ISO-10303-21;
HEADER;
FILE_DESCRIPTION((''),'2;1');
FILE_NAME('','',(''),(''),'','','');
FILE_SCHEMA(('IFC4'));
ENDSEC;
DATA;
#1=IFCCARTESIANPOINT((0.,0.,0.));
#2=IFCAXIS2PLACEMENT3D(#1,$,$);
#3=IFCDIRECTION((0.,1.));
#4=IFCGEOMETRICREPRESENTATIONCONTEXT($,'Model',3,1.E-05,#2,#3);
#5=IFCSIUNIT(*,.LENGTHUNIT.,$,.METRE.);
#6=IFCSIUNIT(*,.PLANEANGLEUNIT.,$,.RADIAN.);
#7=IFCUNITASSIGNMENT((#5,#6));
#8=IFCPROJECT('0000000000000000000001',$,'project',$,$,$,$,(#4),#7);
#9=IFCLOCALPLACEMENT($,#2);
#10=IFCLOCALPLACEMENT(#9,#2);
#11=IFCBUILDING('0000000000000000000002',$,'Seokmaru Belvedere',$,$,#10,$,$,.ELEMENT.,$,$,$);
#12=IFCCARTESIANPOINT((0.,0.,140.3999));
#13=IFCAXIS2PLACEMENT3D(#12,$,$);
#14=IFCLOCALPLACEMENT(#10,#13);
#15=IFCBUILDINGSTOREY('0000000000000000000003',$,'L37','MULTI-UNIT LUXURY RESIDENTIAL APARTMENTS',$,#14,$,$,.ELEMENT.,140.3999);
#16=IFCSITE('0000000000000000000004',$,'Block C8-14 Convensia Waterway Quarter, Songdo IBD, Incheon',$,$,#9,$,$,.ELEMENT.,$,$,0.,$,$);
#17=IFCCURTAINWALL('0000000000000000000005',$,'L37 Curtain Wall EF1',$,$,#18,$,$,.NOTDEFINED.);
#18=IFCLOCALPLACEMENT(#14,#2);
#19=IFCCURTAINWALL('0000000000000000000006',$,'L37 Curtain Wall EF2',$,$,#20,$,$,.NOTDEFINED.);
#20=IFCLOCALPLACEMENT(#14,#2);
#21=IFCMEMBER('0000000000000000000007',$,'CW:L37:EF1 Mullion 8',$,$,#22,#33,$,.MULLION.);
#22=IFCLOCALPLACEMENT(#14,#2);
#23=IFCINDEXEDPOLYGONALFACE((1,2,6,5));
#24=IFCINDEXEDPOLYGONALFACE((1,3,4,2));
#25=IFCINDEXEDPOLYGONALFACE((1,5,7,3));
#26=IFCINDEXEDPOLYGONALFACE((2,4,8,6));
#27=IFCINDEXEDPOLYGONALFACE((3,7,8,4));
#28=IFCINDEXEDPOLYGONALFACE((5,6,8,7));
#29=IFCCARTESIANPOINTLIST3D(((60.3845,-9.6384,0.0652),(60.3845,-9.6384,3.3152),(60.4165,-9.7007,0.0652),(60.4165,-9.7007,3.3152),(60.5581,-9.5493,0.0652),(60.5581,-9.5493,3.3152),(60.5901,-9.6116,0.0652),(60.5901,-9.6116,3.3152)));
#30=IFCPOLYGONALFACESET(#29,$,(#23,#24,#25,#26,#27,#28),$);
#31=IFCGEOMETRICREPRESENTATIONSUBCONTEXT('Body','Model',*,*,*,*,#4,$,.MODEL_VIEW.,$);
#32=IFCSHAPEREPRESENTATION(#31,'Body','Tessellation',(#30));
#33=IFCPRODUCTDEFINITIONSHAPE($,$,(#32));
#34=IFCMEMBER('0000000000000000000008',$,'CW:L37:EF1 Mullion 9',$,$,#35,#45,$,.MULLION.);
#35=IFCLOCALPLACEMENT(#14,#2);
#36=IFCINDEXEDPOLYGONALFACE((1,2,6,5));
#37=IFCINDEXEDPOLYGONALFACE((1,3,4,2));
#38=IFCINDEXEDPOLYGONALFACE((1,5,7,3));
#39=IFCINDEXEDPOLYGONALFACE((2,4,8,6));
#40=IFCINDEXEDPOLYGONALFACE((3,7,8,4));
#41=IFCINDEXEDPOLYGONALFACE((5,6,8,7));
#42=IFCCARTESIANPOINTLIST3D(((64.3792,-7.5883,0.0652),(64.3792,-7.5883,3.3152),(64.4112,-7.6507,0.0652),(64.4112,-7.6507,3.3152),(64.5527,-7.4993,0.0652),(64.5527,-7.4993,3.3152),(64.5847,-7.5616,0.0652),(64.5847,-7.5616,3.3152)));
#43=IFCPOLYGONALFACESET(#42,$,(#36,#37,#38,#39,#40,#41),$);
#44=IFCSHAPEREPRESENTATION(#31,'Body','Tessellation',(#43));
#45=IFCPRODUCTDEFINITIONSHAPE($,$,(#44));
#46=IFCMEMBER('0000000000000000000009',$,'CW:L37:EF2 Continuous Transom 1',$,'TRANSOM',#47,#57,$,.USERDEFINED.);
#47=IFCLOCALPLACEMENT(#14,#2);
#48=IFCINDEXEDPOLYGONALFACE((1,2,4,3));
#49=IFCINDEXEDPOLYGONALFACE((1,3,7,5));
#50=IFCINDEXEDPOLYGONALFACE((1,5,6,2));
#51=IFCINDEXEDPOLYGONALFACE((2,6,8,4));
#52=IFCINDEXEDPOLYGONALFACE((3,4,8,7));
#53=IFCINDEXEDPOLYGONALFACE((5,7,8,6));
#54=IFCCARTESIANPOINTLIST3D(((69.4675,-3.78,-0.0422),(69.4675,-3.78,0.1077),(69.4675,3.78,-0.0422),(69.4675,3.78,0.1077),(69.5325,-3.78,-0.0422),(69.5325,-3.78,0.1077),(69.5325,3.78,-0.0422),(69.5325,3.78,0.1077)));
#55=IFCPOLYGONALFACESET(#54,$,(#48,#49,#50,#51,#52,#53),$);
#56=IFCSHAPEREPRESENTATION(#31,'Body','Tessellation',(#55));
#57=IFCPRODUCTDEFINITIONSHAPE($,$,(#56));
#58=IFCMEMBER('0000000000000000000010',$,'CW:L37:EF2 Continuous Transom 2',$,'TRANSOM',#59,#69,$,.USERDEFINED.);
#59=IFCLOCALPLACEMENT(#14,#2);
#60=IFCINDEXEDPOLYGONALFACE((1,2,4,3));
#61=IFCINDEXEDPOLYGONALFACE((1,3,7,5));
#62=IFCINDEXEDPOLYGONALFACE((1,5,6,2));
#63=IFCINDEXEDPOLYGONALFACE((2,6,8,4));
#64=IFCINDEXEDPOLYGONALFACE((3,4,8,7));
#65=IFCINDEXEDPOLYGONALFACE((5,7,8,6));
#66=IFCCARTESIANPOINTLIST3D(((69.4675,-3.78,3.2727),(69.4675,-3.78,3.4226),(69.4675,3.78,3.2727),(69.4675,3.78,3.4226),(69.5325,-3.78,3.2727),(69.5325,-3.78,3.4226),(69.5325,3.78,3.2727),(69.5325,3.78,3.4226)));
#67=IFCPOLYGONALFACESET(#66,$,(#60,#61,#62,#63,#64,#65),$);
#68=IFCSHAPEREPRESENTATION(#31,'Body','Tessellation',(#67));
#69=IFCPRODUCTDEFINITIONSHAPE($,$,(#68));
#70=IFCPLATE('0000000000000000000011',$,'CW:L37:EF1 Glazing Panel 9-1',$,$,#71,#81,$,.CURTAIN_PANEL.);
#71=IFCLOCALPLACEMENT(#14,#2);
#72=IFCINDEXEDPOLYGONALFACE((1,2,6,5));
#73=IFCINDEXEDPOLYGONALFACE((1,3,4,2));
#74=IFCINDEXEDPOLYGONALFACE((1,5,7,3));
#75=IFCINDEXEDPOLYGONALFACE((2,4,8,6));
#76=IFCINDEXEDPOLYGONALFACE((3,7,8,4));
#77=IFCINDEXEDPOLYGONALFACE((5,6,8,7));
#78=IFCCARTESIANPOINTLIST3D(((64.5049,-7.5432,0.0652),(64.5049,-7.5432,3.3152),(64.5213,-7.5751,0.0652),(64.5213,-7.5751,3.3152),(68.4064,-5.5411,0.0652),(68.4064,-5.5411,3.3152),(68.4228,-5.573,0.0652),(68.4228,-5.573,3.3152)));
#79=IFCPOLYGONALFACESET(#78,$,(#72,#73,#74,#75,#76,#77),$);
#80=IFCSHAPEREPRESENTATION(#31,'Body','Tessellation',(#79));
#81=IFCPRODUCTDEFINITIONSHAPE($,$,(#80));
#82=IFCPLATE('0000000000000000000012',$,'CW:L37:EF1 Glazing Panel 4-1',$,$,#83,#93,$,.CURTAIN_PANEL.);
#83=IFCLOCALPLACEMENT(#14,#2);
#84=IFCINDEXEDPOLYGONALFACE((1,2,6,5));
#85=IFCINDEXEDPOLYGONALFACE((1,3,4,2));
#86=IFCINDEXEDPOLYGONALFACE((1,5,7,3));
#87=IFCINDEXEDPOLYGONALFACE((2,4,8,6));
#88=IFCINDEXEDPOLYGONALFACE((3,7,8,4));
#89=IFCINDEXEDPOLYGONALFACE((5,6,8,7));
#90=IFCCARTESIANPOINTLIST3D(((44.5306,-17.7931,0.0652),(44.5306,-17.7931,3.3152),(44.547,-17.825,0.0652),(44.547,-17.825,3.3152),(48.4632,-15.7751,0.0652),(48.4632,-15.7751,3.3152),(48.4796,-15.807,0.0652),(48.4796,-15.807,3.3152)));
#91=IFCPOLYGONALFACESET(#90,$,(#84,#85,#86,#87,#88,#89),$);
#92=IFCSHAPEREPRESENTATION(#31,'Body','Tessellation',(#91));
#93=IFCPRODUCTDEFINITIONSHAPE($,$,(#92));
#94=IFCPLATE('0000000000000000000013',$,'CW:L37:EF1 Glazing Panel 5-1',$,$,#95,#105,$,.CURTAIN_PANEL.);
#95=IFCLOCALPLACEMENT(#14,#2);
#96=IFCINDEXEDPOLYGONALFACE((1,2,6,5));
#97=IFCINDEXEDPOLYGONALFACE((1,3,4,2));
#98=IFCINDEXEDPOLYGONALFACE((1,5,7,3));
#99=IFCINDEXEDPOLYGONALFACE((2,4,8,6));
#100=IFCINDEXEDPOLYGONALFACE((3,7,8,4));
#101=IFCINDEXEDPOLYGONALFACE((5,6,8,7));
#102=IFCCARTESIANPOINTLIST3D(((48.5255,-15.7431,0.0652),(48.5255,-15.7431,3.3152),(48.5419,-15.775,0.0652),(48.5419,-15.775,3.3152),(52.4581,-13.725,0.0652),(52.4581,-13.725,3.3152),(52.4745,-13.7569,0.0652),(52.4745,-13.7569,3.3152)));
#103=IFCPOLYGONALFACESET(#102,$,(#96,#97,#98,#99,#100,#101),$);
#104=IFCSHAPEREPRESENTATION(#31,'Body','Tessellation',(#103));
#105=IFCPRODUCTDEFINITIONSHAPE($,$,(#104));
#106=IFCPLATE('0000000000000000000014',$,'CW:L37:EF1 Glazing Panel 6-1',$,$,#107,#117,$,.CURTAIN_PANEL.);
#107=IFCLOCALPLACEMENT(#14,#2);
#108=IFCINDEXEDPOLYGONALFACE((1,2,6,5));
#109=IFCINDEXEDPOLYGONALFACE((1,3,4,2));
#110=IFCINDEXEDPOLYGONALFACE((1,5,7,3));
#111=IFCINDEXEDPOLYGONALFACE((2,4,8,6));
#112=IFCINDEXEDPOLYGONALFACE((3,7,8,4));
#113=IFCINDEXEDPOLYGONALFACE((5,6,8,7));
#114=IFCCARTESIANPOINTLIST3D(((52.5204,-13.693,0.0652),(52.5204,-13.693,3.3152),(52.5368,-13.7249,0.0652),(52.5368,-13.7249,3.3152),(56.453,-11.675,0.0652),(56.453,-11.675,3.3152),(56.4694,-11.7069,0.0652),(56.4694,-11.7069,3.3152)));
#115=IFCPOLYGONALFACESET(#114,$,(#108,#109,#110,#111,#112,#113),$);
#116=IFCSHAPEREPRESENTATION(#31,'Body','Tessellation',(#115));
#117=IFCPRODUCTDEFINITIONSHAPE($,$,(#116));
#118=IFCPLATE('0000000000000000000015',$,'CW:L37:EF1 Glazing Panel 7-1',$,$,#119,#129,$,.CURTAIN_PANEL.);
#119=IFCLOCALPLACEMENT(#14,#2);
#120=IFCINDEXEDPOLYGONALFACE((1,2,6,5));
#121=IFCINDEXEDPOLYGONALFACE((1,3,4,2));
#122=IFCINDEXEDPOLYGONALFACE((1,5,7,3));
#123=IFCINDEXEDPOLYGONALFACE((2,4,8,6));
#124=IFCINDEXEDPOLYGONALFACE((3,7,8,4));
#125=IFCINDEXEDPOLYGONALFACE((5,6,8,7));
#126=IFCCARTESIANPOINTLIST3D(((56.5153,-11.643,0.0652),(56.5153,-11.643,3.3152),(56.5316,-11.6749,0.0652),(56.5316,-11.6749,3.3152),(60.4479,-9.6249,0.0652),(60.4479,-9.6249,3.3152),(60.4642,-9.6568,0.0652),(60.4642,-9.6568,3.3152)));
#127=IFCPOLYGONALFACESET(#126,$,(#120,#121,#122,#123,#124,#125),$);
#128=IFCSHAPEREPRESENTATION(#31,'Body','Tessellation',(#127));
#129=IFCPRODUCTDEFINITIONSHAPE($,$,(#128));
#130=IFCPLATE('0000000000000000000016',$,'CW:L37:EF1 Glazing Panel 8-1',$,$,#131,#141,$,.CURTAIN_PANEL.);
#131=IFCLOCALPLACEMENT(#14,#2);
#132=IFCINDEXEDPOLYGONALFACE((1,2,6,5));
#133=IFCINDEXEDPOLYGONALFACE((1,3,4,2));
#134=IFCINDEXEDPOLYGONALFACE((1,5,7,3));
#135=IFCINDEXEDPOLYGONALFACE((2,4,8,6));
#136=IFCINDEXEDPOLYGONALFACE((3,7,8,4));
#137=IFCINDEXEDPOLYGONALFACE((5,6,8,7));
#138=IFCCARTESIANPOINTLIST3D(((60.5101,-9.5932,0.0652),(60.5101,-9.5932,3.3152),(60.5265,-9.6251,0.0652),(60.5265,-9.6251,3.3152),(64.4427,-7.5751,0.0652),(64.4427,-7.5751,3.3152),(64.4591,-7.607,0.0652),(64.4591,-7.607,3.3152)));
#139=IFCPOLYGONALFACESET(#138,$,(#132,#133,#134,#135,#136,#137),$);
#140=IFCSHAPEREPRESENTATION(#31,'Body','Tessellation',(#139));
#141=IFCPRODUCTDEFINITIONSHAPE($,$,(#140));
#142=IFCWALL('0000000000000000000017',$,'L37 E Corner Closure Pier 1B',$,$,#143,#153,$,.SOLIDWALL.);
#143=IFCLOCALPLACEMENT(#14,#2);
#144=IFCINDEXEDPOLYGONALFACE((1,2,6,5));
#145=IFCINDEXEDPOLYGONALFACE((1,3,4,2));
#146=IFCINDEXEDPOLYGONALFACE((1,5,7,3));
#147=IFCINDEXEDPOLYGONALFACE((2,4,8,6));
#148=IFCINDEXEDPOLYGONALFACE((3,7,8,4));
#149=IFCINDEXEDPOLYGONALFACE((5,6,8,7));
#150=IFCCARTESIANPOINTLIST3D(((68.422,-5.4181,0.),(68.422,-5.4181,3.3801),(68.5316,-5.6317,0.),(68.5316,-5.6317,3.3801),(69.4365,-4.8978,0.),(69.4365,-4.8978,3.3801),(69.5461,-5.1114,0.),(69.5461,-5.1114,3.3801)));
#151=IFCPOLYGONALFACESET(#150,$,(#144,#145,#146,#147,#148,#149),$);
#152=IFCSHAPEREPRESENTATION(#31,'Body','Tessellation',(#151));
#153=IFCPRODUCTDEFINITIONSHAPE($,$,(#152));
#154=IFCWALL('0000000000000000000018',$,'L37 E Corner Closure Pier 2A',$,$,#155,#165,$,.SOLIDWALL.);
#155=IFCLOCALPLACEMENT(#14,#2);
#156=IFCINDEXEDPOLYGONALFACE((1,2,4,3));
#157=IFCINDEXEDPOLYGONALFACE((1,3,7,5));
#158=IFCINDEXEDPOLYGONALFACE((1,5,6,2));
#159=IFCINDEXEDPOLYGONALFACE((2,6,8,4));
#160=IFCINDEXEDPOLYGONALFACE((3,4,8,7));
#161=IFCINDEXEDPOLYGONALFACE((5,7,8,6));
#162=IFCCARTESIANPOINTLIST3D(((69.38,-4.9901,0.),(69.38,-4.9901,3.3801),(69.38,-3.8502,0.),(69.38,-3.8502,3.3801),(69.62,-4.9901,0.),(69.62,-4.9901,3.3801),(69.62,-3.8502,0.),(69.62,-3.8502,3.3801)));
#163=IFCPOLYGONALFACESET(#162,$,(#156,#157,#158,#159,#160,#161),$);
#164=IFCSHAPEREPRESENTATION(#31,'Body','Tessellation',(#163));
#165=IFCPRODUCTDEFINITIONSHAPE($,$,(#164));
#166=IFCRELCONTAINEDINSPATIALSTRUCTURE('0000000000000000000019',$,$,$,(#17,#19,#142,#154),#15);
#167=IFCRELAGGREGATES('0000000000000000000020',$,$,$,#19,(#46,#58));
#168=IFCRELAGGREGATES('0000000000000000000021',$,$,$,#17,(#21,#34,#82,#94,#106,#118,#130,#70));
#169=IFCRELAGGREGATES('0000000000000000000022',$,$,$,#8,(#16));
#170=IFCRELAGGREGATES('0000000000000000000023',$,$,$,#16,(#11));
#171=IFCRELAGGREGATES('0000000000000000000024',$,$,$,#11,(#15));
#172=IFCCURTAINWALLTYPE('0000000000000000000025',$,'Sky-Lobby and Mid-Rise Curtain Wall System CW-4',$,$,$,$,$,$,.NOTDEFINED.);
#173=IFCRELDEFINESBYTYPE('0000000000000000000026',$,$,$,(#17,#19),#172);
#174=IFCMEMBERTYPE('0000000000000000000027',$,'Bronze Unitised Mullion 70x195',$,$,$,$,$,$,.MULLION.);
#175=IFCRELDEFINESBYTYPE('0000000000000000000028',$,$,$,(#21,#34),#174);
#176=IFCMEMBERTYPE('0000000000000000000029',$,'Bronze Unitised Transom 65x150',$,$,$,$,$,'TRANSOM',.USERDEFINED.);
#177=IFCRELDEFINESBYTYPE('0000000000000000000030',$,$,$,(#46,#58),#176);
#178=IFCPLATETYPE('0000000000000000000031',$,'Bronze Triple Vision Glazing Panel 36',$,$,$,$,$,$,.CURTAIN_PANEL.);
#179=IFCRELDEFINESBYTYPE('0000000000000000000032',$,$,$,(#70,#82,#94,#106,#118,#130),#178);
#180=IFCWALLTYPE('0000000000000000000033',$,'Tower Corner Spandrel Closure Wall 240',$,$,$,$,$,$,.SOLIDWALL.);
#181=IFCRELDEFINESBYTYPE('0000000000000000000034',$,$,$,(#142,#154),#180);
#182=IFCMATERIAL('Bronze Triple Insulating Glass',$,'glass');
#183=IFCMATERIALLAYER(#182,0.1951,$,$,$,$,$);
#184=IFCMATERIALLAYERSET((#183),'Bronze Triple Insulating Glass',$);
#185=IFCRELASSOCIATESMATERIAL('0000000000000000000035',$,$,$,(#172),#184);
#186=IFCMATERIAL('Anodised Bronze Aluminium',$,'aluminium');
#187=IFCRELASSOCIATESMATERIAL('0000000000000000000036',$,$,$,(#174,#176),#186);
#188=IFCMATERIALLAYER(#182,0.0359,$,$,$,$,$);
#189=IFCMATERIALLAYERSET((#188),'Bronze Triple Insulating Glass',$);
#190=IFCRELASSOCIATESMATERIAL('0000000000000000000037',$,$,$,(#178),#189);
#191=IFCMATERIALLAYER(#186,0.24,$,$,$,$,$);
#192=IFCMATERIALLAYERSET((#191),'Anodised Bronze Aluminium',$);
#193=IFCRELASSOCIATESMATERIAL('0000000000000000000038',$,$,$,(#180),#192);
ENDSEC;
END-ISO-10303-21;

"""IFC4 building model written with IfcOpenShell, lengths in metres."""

from ifc_helpers import new_model, si_unit, direction, frame, frame_2d, origin, origin_2d, place, context, subcontext, project, spatial, rectangle, extrude, source, transform, mapped, material, layer, layer_set, material_profile, profile_set, type_object, type_shapes, element, aggregate, save


model = new_model("IFC4")

# Units and contexts
model_context = context("Model", 3, precision=1e-05, world=origin(), true_north=direction((0.0, 1.0)))
body_context = subcontext(model_context, "Body", "Model", "MODEL_VIEW")
ifc_project = project(units=[si_unit("LENGTHUNIT", "METRE"), si_unit("PLANEANGLEUNIT", "RADIAN")], contexts=[model_context])

# Site, building, storey
site_placement = place(None, origin())
site = spatial("IfcSite", under=ifc_project, at=site_placement, Name="Block C8-14 Convensia Waterway Quarter, Songdo IBD, Incheon", CompositionType="ELEMENT", RefElevation=0.0)
building_placement = place(site_placement, origin())
building = spatial("IfcBuilding", under=site, at=building_placement, Name="Seokmaru Belvedere", CompositionType="ELEMENT")
storey_placement = place(building_placement, frame((0.0, 0.0, 140.3999)))
storey = spatial("IfcBuildingStorey", under=building, at=storey_placement, Name="L37", Description="MULTI-UNIT LUXURY RESIDENTIAL APARTMENTS", CompositionType="ELEMENT", Elevation=140.3999)

# Curtain walls
ifc_material_1 = material(Name="Bronze Triple Insulating Glass", Category="glass")
ifc_layer_1 = layer(ifc_material_1, 0.1951)
ifc_layer_set_1 = layer_set([ifc_layer_1], Name="Bronze Triple Insulating Glass")
curtain_wall_type = type_object("IfcCurtainWallType", Name="Sky-Lobby and Mid-Rise Curtain Wall System CW-4", PredefinedType="NOTDEFINED", material=ifc_layer_set_1)
curtain_wall_1_placement = place(storey_placement, origin())
curtain_wall_1 = element("IfcCurtainWall", 1, at=curtain_wall_1_placement, inside=storey, type_object=curtain_wall_type, Name="L37 Curtain Wall EF1", PredefinedType="NOTDEFINED")
ifc_material_2 = material(Name="Anodised Bronze Aluminium", Category="aluminium")
ifc_material_profile_1 = material_profile(ifc_material_2, rectangle(XDim=0.0701, YDim=0.1951, at=origin_2d()), Name="CW-M-70x195")
ifc_profile_set_1 = profile_set([ifc_material_profile_1], Name="Anodised Bronze Aluminium")
member_type_1 = type_object("IfcMemberType", Name="Bronze Unitised Mullion 70x195", PredefinedType="MULLION", material=ifc_profile_set_1)
curtain_wall_2_placement = place(storey_placement, origin())
curtain_wall_2 = element("IfcCurtainWall", 2, at=curtain_wall_2_placement, inside=storey, type_object=curtain_wall_type, Name="L37 Curtain Wall EF2", PredefinedType="NOTDEFINED")

# Members
shared_shape_1 = source(origin(), body_context, "Body", "SweptSolid", [
    extrude(rectangle(XDim=0.0701, YDim=0.1951, at=origin_2d()), origin(), (0.0, 0.0, 1.0), 3.25),
])
member_1_placement = place(storey_placement, frame((60.4873, -9.625, 0.0652), z_axis=(0.0, 0.0, 1.0), x_axis=(-0.456555, 0.889695, 0.0)))
member_1 = element("IfcMember", 3, at=member_1_placement, type_object=member_type_1, Name="CW:L37:EF1 Mullion 8", PredefinedType="MULLION", context=body_context, shape_type="MappedRepresentation", body=[
    mapped(shared_shape_1, transform((0.0, 0.0, 0.0), scale=1.0)),
])
member_2_placement = place(storey_placement, frame((64.4819, -7.575, 0.0652), z_axis=(0.0, 0.0, 1.0), x_axis=(-0.456555, 0.889695, 0.0)))
member_2 = element("IfcMember", 4, at=member_2_placement, type_object=member_type_1, Name="CW:L37:EF1 Mullion 9", PredefinedType="MULLION", context=body_context, shape_type="MappedRepresentation", body=[
    mapped(shared_shape_1, transform((0.0, 0.0, 0.0), scale=1.0)),
])
ifc_material_profile_2 = material_profile(ifc_material_2, rectangle(XDim=0.0649, YDim=0.1499, at=origin_2d()), Name="CW-T-65x150")
ifc_profile_set_2 = profile_set([ifc_material_profile_2], Name="Anodised Bronze Aluminium")
member_type_2 = type_object("IfcMemberType", Name="Bronze Unitised Transom 65x150", ElementType="TRANSOM", PredefinedType="USERDEFINED", material=ifc_profile_set_2)
shared_shape_2 = source(origin(), body_context, "Body", "SweptSolid", [
    extrude(rectangle(XDim=0.0649, YDim=0.1499, at=origin_2d()), origin(), (0.0, 0.0, 1.0), 7.5601),
])
type_shapes(member_type_2, [shared_shape_2])
member_3_placement = place(storey_placement, frame((69.5, -3.78, 0.0327), z_axis=(0.0, 1.0, 0.0), x_axis=(-1.0, 0.0, 0.0)))
member_3 = element("IfcMember", 5, at=member_3_placement, type_object=member_type_2, Name="CW:L37:EF2 Continuous Transom 1", ObjectType="TRANSOM", PredefinedType="USERDEFINED", context=body_context, shape_type="MappedRepresentation", body=[
    mapped(shared_shape_2, transform((0.0, 0.0, 0.0), scale=1.0)),
])
member_4_placement = place(storey_placement, frame((69.5, -3.78, 3.3477), z_axis=(0.0, 1.0, 0.0), x_axis=(-1.0, 0.0, 0.0)))
member_4 = element("IfcMember", 6, at=member_4_placement, type_object=member_type_2, Name="CW:L37:EF2 Continuous Transom 2", ObjectType="TRANSOM", PredefinedType="USERDEFINED", context=body_context, shape_type="MappedRepresentation", body=[
    mapped(shared_shape_2, transform((0.0, 0.0, 0.0), scale=1.0)),
])
aggregate(curtain_wall_2, [member_3, member_4])

# Plates
ifc_layer_2 = layer(ifc_material_1, 0.0359)
ifc_layer_set_2 = layer_set([ifc_layer_2], Name="Bronze Triple Insulating Glass")
plate_type = type_object("IfcPlateType", Name="Bronze Triple Vision Glazing Panel 36", PredefinedType="CURTAIN_PANEL", material=ifc_layer_set_2)
shared_shape_3 = source(origin(), body_context, "Body", "SweptSolid", [
    extrude(rectangle(XDim=4.3853, YDim=0.0359, at=origin_2d()), origin(), (0.0, 0.0, 1.0), 3.25),
])
plate_1_placement = place(storey_placement, frame((66.4639, -6.5581, 0.0652), z_axis=(0.0, 0.0, 1.0), x_axis=(0.889695, 0.456555, 0.0)))
plate_1 = element("IfcPlate", 7, at=plate_1_placement, type_object=plate_type, Name="CW:L37:EF1 Glazing Panel 9-1", PredefinedType="CURTAIN_PANEL", context=body_context, shape_type="MappedRepresentation", body=[
    mapped(shared_shape_3, transform((0.0, 0.0, 0.0), scale=1.0)),
])
shared_shape_4 = source(origin(), body_context, "Body", "SweptSolid", [
    extrude(rectangle(XDim=4.4202, YDim=0.0359, at=origin_2d()), origin(), (0.0, 0.0, 1.0), 3.25),
])
type_shapes(plate_type, [shared_shape_3, shared_shape_4])
plate_2_placement = place(storey_placement, frame((46.5051, -16.8, 0.0652), z_axis=(0.0, 0.0, 1.0), x_axis=(0.889695, 0.456555, 0.0)))
plate_2 = element("IfcPlate", 8, at=plate_2_placement, type_object=plate_type, Name="CW:L37:EF1 Glazing Panel 4-1", PredefinedType="CURTAIN_PANEL", context=body_context, shape_type="MappedRepresentation", body=[
    mapped(shared_shape_4, transform((0.0, 0.0, 0.0), scale=1.0)),
])
plate_3_placement = place(storey_placement, frame((50.5, -14.75, 0.0652), z_axis=(0.0, 0.0, 1.0), x_axis=(0.889695, 0.456555, 0.0)))
plate_3 = element("IfcPlate", 9, at=plate_3_placement, type_object=plate_type, Name="CW:L37:EF1 Glazing Panel 5-1", PredefinedType="CURTAIN_PANEL", context=body_context, shape_type="MappedRepresentation", body=[
    mapped(shared_shape_4, transform((0.0, 0.0, 0.0), scale=1.0)),
])
plate_4_placement = place(storey_placement, frame((54.4949, -12.7, 0.0652), z_axis=(0.0, 0.0, 1.0), x_axis=(0.889695, 0.456555, 0.0)))
plate_4 = element("IfcPlate", 10, at=plate_4_placement, type_object=plate_type, Name="CW:L37:EF1 Glazing Panel 6-1", PredefinedType="CURTAIN_PANEL", context=body_context, shape_type="MappedRepresentation", body=[
    mapped(shared_shape_4, transform((0.0, 0.0, 0.0), scale=1.0)),
])
plate_5_placement = place(storey_placement, frame((58.4897, -10.6499, 0.0652), z_axis=(0.0, 0.0, 1.0), x_axis=(0.889695, 0.456555, 0.0)))
plate_5 = element("IfcPlate", 11, at=plate_5_placement, type_object=plate_type, Name="CW:L37:EF1 Glazing Panel 7-1", PredefinedType="CURTAIN_PANEL", context=body_context, shape_type="MappedRepresentation", body=[
    mapped(shared_shape_4, transform((0.0, 0.0, 0.0), scale=1.0)),
])
plate_6_placement = place(storey_placement, frame((62.4846, -8.6001, 0.0652), z_axis=(0.0, 0.0, 1.0), x_axis=(0.889695, 0.456555, 0.0)))
plate_6 = element("IfcPlate", 12, at=plate_6_placement, type_object=plate_type, Name="CW:L37:EF1 Glazing Panel 8-1", PredefinedType="CURTAIN_PANEL", context=body_context, shape_type="MappedRepresentation", body=[
    mapped(shared_shape_4, transform((0.0, 0.0, 0.0), scale=1.0)),
])
aggregate(curtain_wall_1, [member_1, member_2, plate_2, plate_3, plate_4, plate_5, plate_6, plate_1])

# Walls
ifc_layer_3 = layer(ifc_material_2, 0.24)
ifc_layer_set_3 = layer_set([ifc_layer_3], Name="Anodised Bronze Aluminium")
wall_type_1 = type_object("IfcWallType", Name="Tower Corner Spandrel Closure Wall 240", PredefinedType="SOLIDWALL", material=ifc_layer_set_3)
wall_1_placement = place(storey_placement, frame((68.4768, -5.5249, 0.0), z_axis=(0.0, 0.0, 1.0), x_axis=(0.889797, 0.456356, 0.0)))
element("IfcWall", 13, at=wall_1_placement, inside=storey, type_object=wall_type_1, Name="L37 E Corner Closure Pier 1B", PredefinedType="SOLIDWALL", context=body_context, shape_type="SweptSolid", body=[
    extrude(rectangle(XDim=1.1401, YDim=0.24, at=frame_2d((0.5701, 0.0))), origin(), (0.0, 0.0, 1.0), 3.3801),
])
wall_2_placement = place(storey_placement, frame((69.5, -4.99, 0.0), z_axis=(0.0, 0.0, 1.0), x_axis=(0.0, 1.0, 0.0)))
element("IfcWall", 14, at=wall_2_placement, inside=storey, type_object=wall_type_1, Name="L37 E Corner Closure Pier 2A", PredefinedType="SOLIDWALL", context=body_context, shape_type="SweptSolid", body=[
    extrude(rectangle(XDim=1.1399, YDim=0.24, at=frame_2d((0.5698, 0.0))), origin(), (0.0, 0.0, 1.0), 3.3801),
])

save(model, "model.ifc")
